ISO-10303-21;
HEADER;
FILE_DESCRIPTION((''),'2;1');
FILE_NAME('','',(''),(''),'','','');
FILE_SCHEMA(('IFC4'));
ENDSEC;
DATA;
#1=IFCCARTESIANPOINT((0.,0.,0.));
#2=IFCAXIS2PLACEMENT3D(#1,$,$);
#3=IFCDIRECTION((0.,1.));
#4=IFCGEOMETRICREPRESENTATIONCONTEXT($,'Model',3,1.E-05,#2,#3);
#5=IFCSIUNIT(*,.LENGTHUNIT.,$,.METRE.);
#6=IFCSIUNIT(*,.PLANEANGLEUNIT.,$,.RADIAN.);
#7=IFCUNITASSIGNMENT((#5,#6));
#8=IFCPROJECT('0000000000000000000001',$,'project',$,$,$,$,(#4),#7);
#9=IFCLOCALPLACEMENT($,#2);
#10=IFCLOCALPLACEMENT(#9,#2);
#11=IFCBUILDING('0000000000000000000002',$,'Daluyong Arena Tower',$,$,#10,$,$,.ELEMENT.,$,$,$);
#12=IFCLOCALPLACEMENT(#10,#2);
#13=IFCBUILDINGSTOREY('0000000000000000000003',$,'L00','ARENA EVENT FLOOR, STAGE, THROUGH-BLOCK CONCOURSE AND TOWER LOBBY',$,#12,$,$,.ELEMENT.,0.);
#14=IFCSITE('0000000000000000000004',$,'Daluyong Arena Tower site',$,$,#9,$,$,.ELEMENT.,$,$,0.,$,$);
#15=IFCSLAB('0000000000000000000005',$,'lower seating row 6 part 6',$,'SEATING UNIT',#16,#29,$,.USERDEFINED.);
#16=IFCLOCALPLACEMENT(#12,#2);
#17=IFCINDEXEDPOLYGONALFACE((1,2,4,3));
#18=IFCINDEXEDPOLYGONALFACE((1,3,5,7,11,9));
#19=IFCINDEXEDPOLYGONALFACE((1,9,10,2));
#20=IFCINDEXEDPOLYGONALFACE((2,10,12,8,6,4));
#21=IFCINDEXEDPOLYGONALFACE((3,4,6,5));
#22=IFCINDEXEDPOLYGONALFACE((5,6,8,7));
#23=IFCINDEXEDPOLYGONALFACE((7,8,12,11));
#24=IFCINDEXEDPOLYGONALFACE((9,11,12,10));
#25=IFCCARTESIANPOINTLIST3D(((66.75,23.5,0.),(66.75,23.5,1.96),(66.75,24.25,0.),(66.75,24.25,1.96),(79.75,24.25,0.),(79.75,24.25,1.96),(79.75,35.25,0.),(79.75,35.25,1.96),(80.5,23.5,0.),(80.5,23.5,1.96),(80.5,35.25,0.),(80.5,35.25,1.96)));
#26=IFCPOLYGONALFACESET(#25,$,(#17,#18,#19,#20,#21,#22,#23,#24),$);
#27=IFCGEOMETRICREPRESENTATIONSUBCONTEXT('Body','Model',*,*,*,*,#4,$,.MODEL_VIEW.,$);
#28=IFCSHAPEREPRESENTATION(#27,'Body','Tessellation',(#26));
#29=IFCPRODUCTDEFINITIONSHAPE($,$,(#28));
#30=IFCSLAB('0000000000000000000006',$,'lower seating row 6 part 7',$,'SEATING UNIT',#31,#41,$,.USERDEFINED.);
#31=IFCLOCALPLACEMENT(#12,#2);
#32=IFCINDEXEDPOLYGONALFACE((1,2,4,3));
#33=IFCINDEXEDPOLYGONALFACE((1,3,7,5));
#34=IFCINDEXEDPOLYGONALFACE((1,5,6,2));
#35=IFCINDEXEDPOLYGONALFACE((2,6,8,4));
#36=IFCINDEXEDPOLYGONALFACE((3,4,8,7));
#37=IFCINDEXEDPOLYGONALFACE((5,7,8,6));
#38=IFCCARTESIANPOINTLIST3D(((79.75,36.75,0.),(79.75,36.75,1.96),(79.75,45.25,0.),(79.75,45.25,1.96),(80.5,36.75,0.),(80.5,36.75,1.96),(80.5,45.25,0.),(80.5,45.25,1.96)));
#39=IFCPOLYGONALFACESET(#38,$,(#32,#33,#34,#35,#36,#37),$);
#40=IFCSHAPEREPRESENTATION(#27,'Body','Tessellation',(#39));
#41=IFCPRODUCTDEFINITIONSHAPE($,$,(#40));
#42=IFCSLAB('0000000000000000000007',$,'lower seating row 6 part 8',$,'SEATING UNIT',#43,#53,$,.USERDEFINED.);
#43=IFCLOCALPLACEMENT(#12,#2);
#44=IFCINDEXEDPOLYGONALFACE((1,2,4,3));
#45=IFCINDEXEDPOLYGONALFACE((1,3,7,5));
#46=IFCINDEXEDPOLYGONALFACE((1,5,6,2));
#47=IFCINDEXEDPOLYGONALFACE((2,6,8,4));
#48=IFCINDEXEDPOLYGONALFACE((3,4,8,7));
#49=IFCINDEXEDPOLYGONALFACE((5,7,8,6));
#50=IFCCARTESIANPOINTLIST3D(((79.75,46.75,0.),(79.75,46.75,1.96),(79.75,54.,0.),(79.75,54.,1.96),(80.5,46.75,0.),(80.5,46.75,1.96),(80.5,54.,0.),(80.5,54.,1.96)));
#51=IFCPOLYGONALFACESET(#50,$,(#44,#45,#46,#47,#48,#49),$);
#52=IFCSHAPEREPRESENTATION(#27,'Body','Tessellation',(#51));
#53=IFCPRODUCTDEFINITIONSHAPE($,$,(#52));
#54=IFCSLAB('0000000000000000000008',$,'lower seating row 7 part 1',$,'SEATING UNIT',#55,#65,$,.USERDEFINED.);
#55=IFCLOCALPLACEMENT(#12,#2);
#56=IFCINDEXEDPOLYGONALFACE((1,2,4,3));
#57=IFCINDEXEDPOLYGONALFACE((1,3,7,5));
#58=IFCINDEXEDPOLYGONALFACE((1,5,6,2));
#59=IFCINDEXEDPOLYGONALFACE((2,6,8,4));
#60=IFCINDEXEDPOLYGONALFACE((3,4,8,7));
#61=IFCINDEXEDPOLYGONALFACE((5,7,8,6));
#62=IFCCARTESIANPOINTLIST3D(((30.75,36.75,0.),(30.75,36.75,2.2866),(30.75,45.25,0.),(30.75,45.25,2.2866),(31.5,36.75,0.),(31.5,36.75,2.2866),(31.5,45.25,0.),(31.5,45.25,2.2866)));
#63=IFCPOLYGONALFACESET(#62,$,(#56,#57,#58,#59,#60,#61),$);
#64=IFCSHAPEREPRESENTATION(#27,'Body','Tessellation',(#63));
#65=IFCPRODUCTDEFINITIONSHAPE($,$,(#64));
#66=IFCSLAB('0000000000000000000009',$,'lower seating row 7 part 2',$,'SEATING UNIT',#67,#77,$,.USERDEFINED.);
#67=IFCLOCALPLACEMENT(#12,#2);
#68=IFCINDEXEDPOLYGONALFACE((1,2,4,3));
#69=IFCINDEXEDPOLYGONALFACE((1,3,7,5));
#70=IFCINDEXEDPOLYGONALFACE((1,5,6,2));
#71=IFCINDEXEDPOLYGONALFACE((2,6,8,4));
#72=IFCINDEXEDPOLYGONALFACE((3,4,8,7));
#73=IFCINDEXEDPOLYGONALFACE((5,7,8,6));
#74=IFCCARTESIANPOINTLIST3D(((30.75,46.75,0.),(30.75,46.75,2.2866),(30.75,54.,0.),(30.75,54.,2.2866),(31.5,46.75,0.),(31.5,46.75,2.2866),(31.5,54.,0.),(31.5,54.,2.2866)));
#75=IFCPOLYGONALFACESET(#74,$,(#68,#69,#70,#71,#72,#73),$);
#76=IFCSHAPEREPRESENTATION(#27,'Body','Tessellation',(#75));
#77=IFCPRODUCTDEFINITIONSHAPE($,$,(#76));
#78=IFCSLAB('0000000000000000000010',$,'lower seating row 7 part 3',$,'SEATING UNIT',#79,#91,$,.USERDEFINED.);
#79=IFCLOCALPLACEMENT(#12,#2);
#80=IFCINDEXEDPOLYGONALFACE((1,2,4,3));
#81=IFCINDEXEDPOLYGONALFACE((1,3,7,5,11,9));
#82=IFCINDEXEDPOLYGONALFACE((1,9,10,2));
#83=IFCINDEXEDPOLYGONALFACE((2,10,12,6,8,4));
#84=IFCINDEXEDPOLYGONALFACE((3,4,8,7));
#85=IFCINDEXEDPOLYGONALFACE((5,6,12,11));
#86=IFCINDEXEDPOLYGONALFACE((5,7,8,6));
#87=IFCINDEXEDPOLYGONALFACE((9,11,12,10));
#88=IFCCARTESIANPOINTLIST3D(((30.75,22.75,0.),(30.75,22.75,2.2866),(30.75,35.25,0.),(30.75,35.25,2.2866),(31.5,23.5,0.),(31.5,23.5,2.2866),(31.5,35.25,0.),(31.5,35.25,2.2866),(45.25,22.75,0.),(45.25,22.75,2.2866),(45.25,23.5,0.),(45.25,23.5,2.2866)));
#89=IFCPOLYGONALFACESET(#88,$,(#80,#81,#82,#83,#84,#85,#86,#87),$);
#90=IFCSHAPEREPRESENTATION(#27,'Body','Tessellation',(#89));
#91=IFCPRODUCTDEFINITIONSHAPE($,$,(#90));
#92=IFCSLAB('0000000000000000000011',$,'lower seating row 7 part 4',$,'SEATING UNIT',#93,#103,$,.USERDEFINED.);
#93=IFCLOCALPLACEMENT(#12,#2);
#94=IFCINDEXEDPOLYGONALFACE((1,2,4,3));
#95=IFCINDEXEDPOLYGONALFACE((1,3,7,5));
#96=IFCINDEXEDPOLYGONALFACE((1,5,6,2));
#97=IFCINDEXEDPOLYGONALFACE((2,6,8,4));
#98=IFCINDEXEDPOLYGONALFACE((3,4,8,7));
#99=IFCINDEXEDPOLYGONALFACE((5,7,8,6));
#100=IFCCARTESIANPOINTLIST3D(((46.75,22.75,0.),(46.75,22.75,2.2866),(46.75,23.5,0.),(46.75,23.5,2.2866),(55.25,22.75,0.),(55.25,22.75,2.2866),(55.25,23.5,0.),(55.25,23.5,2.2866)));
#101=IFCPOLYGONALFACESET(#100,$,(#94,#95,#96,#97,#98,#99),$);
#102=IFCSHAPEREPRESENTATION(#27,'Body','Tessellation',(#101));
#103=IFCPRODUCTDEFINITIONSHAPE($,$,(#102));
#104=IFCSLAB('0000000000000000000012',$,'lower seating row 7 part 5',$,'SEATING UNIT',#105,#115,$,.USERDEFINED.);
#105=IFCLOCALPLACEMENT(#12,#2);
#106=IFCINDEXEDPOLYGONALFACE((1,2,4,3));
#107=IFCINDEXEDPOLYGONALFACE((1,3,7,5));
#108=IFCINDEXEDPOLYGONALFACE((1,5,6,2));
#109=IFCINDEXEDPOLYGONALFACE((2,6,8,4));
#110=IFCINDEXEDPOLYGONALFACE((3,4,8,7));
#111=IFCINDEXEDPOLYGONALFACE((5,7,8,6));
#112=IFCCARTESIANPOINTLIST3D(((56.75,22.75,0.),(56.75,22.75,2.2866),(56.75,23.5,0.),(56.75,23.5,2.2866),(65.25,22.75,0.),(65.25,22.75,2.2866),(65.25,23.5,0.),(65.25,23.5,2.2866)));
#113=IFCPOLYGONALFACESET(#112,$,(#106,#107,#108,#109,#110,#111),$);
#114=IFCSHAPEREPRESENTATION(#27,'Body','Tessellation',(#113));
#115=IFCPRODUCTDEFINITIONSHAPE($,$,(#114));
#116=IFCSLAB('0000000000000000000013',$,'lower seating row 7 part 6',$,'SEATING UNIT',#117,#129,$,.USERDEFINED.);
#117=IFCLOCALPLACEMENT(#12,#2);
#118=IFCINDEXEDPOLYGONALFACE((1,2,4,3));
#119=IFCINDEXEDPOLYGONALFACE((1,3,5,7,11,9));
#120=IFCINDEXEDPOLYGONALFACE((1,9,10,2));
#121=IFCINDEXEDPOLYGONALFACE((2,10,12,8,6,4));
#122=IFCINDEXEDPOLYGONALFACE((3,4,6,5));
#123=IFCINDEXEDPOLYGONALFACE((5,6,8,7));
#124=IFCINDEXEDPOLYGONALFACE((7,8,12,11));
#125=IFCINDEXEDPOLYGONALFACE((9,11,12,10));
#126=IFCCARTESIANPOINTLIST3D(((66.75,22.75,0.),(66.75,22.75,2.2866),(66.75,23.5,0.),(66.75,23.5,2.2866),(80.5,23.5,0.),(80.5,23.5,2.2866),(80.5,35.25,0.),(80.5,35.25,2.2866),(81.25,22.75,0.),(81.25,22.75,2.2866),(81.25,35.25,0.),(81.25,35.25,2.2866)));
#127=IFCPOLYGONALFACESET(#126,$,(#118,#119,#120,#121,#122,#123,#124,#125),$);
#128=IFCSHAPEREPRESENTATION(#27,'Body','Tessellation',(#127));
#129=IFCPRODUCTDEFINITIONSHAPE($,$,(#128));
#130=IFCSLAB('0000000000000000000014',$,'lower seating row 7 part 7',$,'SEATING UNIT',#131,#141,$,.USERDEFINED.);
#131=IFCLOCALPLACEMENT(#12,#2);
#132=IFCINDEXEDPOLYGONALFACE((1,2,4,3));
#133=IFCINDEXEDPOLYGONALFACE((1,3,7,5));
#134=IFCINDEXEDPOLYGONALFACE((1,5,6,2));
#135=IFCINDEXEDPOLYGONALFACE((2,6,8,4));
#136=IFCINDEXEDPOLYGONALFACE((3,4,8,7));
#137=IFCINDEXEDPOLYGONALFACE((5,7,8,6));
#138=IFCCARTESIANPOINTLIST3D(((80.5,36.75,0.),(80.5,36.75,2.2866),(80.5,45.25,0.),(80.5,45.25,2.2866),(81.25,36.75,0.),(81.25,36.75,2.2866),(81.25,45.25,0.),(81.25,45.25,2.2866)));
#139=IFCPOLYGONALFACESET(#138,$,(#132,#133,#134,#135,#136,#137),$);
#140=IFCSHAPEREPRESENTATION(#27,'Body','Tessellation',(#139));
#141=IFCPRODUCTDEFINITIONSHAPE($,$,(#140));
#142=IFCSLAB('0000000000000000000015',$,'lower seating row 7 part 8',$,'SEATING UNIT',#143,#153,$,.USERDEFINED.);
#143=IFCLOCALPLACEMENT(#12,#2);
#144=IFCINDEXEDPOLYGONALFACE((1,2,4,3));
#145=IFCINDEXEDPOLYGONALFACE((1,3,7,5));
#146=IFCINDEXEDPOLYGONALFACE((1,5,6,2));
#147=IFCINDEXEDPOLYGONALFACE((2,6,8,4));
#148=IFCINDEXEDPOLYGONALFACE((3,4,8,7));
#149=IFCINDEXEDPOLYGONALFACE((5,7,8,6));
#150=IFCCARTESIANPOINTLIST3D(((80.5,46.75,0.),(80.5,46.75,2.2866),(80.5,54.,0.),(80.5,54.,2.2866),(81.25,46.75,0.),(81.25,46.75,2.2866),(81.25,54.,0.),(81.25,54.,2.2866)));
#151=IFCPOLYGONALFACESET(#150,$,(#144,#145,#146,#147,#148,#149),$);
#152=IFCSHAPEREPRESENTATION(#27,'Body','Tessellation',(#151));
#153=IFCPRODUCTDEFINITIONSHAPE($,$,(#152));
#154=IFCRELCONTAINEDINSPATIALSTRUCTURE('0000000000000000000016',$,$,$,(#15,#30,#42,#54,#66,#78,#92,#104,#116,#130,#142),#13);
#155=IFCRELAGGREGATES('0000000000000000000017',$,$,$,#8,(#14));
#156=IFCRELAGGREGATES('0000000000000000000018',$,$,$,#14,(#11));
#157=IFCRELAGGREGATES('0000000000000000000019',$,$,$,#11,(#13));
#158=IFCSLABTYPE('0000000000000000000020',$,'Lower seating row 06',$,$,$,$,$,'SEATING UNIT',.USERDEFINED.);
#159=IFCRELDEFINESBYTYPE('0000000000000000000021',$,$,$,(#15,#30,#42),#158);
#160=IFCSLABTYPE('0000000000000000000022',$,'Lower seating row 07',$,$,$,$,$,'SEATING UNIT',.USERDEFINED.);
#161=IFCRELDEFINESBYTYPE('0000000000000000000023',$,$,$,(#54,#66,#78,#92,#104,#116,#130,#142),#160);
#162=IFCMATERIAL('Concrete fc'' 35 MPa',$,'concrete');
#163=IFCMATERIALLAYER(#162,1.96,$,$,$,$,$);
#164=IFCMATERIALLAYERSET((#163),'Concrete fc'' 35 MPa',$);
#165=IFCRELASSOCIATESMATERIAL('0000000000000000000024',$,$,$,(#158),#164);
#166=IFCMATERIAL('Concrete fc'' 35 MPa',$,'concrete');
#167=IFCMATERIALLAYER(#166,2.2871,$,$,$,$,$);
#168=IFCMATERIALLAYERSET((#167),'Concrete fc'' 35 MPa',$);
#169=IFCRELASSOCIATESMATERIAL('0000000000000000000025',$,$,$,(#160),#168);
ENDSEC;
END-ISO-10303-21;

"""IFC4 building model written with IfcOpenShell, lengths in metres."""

from ifc_helpers import new_model, si_unit, direction, origin, place, context, subcontext, project, spatial, polyline, outline, extrude, material, layer, layer_set, type_object, element, save


model = new_model("IFC4")

# Units and contexts
model_context = context("Model", 3, precision=1e-05, world=origin(), true_north=direction((0.0, 1.0)))
body_context = subcontext(model_context, "Body", "Model", "MODEL_VIEW")
ifc_project = project(units=[si_unit("LENGTHUNIT", "METRE"), si_unit("PLANEANGLEUNIT", "RADIAN")], contexts=[model_context])

# Site, building, storey
site_placement = place(None, origin())
site = spatial("IfcSite", under=ifc_project, at=site_placement, Name="Daluyong Arena Tower site", CompositionType="ELEMENT", RefElevation=0.0)
building_placement = place(site_placement, origin())
building = spatial("IfcBuilding", under=site, at=building_placement, Name="Daluyong Arena Tower", CompositionType="ELEMENT")
storey_placement = place(building_placement, origin())
storey = spatial("IfcBuildingStorey", under=building, at=storey_placement, Name="L00", Description="ARENA EVENT FLOOR, STAGE, THROUGH-BLOCK CONCOURSE AND TOWER LOBBY", CompositionType="ELEMENT", Elevation=0.0)

# Slabs
ifc_material_1 = material(Name="Concrete fc' 35 MPa", Category="concrete")
ifc_layer_1 = layer(ifc_material_1, 1.96)
ifc_layer_set_1 = layer_set([ifc_layer_1], Name="Concrete fc' 35 MPa")
slab_type_1 = type_object("IfcSlabType", Name="Lower seating row 06", ElementType="SEATING UNIT", PredefinedType="USERDEFINED", material=ifc_layer_set_1)
slab_1_placement = place(storey_placement, origin())
element("IfcSlab", 1, at=slab_1_placement, inside=storey, type_object=slab_type_1, Name="lower seating row 6 part 6", ObjectType="SEATING UNIT", PredefinedType="USERDEFINED", context=body_context, shape_type="SweptSolid", body=[
    extrude(outline(polyline([(80.5, 23.5), (80.5, 35.25), (79.75, 35.25), (79.75, 24.25), (66.75, 24.25), (66.75, 23.5), (80.5, 23.5)])), origin(), (0.0, 0.0, 1.0), 1.96),
])
slab_2_placement = place(storey_placement, origin())
element("IfcSlab", 2, at=slab_2_placement, inside=storey, type_object=slab_type_1, Name="lower seating row 6 part 7", ObjectType="SEATING UNIT", PredefinedType="USERDEFINED", context=body_context, shape_type="SweptSolid", body=[
    extrude(outline(polyline([(80.5, 36.75), (80.5, 45.25), (79.75, 45.25), (79.75, 36.75), (80.5, 36.75)])), origin(), (0.0, 0.0, 1.0), 1.96),
])
slab_3_placement = place(storey_placement, origin())
element("IfcSlab", 3, at=slab_3_placement, inside=storey, type_object=slab_type_1, Name="lower seating row 6 part 8", ObjectType="SEATING UNIT", PredefinedType="USERDEFINED", context=body_context, shape_type="SweptSolid", body=[
    extrude(outline(polyline([(80.5, 46.75), (80.5, 54.0), (79.75, 54.0), (79.75, 46.75), (80.5, 46.75)])), origin(), (0.0, 0.0, 1.0), 1.96),
])
ifc_material_2 = material(Name="Concrete fc' 35 MPa", Category="concrete")
ifc_layer_2 = layer(ifc_material_2, 2.2871)
ifc_layer_set_2 = layer_set([ifc_layer_2], Name="Concrete fc' 35 MPa")
slab_type_2 = type_object("IfcSlabType", Name="Lower seating row 07", ElementType="SEATING UNIT", PredefinedType="USERDEFINED", material=ifc_layer_set_2)
slab_4_placement = place(storey_placement, origin())
element("IfcSlab", 4, at=slab_4_placement, inside=storey, type_object=slab_type_2, Name="lower seating row 7 part 1", ObjectType="SEATING UNIT", PredefinedType="USERDEFINED", context=body_context, shape_type="SweptSolid", body=[
    extrude(outline(polyline([(30.75, 45.25), (30.75, 36.75), (31.5, 36.75), (31.5, 45.25), (30.75, 45.25)])), origin(), (0.0, 0.0, 1.0), 2.2866),
])
slab_5_placement = place(storey_placement, origin())
element("IfcSlab", 5, at=slab_5_placement, inside=storey, type_object=slab_type_2, Name="lower seating row 7 part 2", ObjectType="SEATING UNIT", PredefinedType="USERDEFINED", context=body_context, shape_type="SweptSolid", body=[
    extrude(outline(polyline([(30.75, 54.0), (30.75, 46.75), (31.5, 46.75), (31.5, 54.0), (30.75, 54.0)])), origin(), (0.0, 0.0, 1.0), 2.2866),
])
slab_6_placement = place(storey_placement, origin())
element("IfcSlab", 6, at=slab_6_placement, inside=storey, type_object=slab_type_2, Name="lower seating row 7 part 3", ObjectType="SEATING UNIT", PredefinedType="USERDEFINED", context=body_context, shape_type="SweptSolid", body=[
    extrude(outline(polyline([(30.75, 22.75), (45.25, 22.75), (45.25, 23.5), (31.5, 23.5), (31.5, 35.25), (30.75, 35.25), (30.75, 22.75)])), origin(), (0.0, 0.0, 1.0), 2.2866),
])
slab_7_placement = place(storey_placement, origin())
element("IfcSlab", 7, at=slab_7_placement, inside=storey, type_object=slab_type_2, Name="lower seating row 7 part 4", ObjectType="SEATING UNIT", PredefinedType="USERDEFINED", context=body_context, shape_type="SweptSolid", body=[
    extrude(outline(polyline([(46.75, 22.75), (55.25, 22.75), (55.25, 23.5), (46.75, 23.5), (46.75, 22.75)])), origin(), (0.0, 0.0, 1.0), 2.2866),
])
slab_8_placement = place(storey_placement, origin())
element("IfcSlab", 8, at=slab_8_placement, inside=storey, type_object=slab_type_2, Name="lower seating row 7 part 5", ObjectType="SEATING UNIT", PredefinedType="USERDEFINED", context=body_context, shape_type="SweptSolid", body=[
    extrude(outline(polyline([(56.75, 22.75), (65.25, 22.75), (65.25, 23.5), (56.75, 23.5), (56.75, 22.75)])), origin(), (0.0, 0.0, 1.0), 2.2866),
])
slab_9_placement = place(storey_placement, origin())
element("IfcSlab", 9, at=slab_9_placement, inside=storey, type_object=slab_type_2, Name="lower seating row 7 part 6", ObjectType="SEATING UNIT", PredefinedType="USERDEFINED", context=body_context, shape_type="SweptSolid", body=[
    extrude(outline(polyline([(81.25, 22.75), (81.25, 35.25), (80.5, 35.25), (80.5, 23.5), (66.75, 23.5), (66.75, 22.75), (81.25, 22.75)])), origin(), (0.0, 0.0, 1.0), 2.2866),
])
slab_10_placement = place(storey_placement, origin())
element("IfcSlab", 10, at=slab_10_placement, inside=storey, type_object=slab_type_2, Name="lower seating row 7 part 7", ObjectType="SEATING UNIT", PredefinedType="USERDEFINED", context=body_context, shape_type="SweptSolid", body=[
    extrude(outline(polyline([(81.25, 36.75), (81.25, 45.25), (80.5, 45.25), (80.5, 36.75), (81.25, 36.75)])), origin(), (0.0, 0.0, 1.0), 2.2866),
])
slab_11_placement = place(storey_placement, origin())
element("IfcSlab", 11, at=slab_11_placement, inside=storey, type_object=slab_type_2, Name="lower seating row 7 part 8", ObjectType="SEATING UNIT", PredefinedType="USERDEFINED", context=body_context, shape_type="SweptSolid", body=[
    extrude(outline(polyline([(81.25, 46.75), (81.25, 54.0), (80.5, 54.0), (80.5, 46.75), (81.25, 46.75)])), origin(), (0.0, 0.0, 1.0), 2.2866),
])

save(model, "model.ifc")
